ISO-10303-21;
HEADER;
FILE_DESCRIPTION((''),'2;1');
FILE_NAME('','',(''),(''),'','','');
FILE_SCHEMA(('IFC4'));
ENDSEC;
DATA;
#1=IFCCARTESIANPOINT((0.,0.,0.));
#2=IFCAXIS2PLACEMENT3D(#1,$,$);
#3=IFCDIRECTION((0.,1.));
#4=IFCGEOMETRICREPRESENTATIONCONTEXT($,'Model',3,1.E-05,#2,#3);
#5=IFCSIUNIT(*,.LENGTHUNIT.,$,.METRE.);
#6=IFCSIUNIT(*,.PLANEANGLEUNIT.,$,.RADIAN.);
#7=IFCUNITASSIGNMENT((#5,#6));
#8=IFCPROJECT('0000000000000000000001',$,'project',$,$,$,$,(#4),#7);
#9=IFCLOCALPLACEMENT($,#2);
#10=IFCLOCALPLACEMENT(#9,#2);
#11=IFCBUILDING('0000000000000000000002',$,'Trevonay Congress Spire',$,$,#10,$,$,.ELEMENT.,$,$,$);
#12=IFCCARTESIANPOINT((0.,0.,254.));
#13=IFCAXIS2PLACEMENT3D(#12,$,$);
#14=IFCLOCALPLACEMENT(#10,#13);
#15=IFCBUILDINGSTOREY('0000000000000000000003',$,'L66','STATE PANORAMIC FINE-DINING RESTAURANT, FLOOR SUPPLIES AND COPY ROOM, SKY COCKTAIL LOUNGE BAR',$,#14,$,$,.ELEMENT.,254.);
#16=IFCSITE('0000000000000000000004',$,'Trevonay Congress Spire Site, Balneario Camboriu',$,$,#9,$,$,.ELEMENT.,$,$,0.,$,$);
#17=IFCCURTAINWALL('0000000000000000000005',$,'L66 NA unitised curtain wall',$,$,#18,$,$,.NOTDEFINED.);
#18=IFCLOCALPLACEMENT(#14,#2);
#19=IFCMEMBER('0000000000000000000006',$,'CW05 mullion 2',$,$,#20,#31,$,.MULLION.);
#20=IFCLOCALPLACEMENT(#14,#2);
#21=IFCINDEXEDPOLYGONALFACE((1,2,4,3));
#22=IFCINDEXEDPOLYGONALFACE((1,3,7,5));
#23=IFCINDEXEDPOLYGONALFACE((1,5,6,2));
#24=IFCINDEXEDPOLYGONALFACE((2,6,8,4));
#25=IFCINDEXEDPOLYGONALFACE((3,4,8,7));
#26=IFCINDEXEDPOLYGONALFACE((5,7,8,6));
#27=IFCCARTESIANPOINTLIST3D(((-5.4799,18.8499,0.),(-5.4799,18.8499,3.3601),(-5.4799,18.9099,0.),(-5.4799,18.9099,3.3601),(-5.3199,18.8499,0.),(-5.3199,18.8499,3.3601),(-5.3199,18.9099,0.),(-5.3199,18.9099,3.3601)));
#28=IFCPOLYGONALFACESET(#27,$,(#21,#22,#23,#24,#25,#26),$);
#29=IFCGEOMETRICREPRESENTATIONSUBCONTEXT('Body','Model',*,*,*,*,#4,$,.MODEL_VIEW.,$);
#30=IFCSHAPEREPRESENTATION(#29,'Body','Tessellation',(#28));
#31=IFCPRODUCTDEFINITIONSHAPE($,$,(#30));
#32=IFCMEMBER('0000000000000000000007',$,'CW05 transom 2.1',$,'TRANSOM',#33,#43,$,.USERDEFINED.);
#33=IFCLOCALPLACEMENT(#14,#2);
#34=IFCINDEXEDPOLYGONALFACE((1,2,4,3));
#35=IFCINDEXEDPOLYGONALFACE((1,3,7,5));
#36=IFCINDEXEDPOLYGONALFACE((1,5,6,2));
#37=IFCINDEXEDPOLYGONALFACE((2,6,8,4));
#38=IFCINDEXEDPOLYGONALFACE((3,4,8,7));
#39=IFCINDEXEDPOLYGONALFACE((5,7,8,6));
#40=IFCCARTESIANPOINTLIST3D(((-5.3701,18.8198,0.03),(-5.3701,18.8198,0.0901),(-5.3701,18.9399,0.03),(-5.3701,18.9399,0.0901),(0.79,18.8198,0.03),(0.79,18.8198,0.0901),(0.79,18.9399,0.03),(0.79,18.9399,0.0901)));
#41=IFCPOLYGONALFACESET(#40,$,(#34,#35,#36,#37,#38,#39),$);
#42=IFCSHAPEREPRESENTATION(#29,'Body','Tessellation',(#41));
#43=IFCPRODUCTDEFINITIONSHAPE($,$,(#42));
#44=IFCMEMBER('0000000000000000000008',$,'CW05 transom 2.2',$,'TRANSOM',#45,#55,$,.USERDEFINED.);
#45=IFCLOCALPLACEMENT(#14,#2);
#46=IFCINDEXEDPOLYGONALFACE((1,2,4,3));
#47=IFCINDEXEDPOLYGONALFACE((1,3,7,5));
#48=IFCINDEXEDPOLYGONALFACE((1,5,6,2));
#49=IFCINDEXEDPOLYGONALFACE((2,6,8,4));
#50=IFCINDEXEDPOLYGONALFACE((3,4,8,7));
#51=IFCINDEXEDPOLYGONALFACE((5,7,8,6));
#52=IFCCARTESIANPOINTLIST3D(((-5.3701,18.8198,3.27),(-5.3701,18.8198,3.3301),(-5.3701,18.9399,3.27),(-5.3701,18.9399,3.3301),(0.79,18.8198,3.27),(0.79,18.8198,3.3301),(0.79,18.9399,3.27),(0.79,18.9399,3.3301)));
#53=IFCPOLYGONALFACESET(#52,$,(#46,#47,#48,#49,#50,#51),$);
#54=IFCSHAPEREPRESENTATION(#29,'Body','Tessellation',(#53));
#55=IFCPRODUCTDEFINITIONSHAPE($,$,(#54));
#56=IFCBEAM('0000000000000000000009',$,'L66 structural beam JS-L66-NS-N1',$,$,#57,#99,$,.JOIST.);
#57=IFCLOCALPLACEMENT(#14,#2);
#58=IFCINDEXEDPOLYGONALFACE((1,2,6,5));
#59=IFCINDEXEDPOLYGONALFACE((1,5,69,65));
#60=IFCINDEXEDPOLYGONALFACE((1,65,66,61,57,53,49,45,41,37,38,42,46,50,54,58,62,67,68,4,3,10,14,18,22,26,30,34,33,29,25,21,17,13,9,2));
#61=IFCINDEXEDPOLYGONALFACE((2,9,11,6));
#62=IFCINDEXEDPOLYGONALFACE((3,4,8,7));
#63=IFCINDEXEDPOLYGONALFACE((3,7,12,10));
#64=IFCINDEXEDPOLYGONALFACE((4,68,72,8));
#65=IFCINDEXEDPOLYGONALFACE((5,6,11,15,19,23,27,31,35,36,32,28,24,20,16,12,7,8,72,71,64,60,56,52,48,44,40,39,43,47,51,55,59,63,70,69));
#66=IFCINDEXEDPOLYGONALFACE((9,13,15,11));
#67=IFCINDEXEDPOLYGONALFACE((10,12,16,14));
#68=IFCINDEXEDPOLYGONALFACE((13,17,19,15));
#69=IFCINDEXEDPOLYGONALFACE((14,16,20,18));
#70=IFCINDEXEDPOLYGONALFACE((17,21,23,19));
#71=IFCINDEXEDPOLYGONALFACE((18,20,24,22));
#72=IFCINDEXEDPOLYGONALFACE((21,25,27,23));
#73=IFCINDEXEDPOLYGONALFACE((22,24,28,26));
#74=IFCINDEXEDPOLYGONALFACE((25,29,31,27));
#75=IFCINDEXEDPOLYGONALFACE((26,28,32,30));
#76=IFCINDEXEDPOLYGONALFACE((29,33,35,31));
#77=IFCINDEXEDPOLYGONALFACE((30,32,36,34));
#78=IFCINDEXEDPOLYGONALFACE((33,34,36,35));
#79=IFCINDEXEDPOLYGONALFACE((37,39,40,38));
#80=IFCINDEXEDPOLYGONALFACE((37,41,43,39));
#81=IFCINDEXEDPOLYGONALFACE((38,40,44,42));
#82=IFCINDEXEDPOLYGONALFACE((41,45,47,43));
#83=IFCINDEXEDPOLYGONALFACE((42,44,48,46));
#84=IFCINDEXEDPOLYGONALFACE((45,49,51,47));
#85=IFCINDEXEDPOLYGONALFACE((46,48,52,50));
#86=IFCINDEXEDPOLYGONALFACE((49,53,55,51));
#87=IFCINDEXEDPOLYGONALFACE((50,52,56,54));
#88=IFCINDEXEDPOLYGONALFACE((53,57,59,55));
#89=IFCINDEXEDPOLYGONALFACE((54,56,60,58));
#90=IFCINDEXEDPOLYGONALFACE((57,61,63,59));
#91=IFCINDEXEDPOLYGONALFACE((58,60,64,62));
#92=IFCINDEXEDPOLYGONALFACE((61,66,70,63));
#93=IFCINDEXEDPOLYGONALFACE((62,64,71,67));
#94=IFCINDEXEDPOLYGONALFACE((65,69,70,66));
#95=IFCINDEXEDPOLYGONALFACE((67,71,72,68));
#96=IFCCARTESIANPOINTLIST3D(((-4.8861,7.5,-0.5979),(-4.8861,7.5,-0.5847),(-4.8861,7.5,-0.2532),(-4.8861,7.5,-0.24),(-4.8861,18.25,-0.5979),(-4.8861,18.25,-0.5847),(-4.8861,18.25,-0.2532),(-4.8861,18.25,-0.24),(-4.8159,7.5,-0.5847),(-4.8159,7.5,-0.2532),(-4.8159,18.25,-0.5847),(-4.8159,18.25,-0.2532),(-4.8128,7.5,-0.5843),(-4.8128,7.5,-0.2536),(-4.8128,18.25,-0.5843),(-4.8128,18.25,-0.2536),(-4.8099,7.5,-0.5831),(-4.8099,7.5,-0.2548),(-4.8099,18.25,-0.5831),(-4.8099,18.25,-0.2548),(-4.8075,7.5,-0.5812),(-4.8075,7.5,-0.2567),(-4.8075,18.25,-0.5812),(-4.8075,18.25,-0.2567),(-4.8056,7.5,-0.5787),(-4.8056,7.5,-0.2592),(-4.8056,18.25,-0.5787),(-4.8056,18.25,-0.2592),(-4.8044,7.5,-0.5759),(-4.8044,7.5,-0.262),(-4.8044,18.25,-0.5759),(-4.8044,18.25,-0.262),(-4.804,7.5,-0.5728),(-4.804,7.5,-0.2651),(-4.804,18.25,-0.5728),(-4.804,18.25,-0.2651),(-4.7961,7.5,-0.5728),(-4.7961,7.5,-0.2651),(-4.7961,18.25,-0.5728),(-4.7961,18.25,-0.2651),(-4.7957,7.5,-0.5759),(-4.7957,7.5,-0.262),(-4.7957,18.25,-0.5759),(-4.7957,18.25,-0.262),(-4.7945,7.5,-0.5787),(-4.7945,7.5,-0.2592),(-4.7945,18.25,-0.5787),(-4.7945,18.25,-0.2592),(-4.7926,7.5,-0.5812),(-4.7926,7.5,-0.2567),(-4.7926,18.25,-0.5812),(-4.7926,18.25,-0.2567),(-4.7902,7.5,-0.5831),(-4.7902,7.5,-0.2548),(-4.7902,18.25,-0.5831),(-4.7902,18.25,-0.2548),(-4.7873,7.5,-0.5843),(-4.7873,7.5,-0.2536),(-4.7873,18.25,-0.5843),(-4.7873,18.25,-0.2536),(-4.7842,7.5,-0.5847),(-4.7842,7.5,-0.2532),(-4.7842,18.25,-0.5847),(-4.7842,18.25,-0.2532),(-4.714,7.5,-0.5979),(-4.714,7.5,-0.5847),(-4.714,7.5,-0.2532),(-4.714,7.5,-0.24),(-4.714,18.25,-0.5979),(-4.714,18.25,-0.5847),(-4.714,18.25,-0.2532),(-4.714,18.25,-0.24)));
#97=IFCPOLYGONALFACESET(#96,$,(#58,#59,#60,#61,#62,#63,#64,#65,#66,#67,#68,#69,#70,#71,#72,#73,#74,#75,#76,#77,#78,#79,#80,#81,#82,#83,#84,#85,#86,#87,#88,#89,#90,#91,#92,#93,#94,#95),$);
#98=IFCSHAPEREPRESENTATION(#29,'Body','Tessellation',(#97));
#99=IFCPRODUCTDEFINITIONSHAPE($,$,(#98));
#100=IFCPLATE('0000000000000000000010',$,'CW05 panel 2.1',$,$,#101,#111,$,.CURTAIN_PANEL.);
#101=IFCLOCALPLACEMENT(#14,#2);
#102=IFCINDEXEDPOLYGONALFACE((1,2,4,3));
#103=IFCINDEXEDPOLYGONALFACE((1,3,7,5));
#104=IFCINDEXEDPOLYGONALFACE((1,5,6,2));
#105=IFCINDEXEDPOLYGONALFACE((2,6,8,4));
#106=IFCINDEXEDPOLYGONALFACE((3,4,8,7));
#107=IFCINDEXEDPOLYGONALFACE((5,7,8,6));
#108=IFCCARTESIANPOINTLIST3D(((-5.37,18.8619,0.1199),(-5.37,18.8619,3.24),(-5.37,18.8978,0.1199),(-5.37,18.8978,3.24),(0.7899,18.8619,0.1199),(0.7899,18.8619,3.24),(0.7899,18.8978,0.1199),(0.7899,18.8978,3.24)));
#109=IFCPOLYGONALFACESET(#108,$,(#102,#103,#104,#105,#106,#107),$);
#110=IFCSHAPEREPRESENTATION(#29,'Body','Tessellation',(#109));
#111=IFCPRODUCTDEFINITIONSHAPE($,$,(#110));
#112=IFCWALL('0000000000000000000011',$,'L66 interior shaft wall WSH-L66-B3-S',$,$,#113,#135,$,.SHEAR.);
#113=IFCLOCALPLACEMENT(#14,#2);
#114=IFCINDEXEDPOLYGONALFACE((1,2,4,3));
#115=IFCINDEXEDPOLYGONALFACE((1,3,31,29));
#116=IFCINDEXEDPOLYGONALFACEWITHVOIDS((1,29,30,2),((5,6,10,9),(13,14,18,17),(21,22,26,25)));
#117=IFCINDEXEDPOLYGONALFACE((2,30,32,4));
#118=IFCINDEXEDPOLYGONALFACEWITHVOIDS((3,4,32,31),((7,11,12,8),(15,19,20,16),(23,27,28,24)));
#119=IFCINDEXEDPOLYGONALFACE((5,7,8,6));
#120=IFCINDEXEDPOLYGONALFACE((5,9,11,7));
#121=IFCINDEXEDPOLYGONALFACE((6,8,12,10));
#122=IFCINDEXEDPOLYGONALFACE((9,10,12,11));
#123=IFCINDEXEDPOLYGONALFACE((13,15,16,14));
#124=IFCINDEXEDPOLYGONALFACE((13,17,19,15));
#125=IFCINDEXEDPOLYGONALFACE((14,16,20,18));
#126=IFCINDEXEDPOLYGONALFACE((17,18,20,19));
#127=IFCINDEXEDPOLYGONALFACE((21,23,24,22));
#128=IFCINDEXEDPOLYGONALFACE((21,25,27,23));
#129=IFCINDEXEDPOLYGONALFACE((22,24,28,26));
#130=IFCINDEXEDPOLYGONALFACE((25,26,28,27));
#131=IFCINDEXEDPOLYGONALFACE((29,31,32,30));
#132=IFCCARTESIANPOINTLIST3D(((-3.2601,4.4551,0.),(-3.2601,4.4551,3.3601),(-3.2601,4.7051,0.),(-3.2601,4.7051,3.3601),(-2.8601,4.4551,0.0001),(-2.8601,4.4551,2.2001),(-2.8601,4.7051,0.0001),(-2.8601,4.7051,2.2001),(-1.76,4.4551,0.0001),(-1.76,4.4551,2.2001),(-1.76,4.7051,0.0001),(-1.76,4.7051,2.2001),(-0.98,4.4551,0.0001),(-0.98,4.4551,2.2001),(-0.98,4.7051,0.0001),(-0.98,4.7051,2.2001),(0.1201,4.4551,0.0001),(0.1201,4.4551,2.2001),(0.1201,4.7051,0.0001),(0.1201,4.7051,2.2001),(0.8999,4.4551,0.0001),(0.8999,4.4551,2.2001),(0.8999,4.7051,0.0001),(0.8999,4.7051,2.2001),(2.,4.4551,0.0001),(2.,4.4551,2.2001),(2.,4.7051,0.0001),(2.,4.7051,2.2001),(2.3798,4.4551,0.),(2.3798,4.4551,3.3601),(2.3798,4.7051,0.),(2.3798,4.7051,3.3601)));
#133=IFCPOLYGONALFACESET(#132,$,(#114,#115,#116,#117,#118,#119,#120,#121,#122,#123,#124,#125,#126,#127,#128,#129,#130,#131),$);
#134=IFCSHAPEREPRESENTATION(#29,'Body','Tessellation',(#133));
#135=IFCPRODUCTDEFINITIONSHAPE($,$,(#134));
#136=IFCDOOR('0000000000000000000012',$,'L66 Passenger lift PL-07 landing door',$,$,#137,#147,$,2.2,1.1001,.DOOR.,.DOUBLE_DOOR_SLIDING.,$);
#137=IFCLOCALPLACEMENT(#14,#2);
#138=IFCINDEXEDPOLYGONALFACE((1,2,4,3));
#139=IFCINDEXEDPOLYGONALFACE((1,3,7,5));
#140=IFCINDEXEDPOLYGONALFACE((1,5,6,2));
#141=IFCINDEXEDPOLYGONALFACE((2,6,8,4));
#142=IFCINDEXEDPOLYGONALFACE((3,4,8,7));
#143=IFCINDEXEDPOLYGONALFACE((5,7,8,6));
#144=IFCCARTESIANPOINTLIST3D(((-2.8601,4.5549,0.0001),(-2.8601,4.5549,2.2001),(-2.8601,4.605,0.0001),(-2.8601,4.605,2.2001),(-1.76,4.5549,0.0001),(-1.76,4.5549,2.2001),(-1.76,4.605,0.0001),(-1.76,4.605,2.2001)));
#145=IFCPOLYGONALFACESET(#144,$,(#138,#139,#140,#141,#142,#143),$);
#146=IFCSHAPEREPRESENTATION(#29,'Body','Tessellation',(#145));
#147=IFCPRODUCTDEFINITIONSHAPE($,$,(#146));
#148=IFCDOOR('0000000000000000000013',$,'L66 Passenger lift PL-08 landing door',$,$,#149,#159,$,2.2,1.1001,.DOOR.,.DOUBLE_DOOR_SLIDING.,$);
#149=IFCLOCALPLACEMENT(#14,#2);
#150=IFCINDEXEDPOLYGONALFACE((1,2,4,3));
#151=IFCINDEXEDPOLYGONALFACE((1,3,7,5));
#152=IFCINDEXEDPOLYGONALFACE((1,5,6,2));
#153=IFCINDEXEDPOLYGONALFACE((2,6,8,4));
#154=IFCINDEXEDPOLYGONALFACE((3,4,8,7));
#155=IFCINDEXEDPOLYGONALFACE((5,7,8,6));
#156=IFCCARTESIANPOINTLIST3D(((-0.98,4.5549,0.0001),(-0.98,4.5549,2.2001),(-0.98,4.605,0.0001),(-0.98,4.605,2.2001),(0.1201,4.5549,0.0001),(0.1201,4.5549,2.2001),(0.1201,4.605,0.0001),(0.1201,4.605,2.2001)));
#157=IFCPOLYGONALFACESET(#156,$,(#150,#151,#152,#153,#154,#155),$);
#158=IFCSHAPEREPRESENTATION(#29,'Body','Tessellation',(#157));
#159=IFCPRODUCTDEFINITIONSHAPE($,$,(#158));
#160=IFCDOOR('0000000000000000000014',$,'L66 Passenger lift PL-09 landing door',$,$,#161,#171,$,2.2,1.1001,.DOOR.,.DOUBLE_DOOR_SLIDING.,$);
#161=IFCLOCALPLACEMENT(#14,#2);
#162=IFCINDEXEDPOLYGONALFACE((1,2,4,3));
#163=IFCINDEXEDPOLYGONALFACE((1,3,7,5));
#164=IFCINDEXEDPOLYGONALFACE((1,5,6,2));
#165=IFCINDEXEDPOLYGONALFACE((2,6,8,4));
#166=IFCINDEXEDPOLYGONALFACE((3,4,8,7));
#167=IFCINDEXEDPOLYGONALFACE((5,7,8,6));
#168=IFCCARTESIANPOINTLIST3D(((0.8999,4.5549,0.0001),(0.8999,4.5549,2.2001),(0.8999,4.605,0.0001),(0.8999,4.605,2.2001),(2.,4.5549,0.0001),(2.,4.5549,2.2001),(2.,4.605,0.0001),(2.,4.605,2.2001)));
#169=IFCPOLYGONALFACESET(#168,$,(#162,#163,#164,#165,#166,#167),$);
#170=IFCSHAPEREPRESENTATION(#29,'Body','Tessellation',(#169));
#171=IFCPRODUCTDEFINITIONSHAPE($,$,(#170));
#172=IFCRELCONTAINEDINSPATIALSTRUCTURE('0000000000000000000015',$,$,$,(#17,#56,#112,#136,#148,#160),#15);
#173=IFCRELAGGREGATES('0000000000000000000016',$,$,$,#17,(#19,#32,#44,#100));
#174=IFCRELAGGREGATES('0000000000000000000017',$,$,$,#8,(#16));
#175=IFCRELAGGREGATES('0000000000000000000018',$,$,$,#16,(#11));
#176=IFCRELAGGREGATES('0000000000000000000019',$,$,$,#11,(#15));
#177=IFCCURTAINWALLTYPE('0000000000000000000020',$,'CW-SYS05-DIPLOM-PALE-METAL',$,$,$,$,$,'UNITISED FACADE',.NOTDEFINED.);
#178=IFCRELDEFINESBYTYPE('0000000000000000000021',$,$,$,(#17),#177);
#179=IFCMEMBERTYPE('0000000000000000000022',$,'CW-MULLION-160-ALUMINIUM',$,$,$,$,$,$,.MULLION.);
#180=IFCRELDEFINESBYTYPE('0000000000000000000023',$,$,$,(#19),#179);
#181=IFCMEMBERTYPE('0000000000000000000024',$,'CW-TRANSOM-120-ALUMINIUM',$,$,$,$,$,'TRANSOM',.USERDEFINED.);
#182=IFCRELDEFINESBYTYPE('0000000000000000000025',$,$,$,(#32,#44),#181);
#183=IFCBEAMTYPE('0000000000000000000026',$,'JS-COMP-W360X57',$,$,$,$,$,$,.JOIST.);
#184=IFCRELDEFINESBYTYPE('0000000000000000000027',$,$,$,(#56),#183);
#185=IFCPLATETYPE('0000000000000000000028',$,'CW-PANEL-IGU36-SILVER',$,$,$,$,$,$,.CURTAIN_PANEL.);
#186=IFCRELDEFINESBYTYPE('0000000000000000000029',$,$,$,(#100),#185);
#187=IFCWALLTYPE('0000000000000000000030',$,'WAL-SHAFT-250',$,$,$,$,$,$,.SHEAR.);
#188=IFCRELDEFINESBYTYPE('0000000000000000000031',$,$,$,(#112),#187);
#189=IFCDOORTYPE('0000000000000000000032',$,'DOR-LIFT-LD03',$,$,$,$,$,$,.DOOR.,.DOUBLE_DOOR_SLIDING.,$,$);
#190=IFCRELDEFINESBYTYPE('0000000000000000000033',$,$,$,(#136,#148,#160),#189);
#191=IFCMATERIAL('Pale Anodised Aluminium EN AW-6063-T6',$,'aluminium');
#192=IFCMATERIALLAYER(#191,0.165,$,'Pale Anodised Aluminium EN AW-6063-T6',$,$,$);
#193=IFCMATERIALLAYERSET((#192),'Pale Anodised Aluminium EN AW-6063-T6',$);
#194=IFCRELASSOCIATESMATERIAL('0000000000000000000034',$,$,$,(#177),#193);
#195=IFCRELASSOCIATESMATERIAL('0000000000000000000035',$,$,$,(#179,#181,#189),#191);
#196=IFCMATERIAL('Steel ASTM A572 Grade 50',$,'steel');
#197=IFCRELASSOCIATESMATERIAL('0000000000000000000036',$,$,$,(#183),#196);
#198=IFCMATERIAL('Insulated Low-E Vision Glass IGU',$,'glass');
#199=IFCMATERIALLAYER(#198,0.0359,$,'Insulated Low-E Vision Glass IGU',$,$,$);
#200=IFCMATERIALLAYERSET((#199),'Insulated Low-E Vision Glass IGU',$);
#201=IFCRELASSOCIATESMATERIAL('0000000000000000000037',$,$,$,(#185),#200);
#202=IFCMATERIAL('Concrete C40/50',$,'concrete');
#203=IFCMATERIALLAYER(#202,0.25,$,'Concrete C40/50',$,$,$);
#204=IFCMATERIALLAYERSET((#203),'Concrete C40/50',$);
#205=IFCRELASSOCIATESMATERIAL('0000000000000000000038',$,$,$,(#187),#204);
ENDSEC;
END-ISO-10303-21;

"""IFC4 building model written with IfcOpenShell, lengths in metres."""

from ifc_helpers import new_model, si_unit, direction, frame, frame_2d, origin, origin_2d, place, context, subcontext, project, spatial, rectangle, i_section, extrude, material, layer, layer_set, material_profile, profile_set, type_object, element, fill, aggregate, save


model = new_model("IFC4")

# Units and contexts
model_context = context("Model", 3, precision=1e-05, world=origin(), true_north=direction((0.0, 1.0)))
body_context = subcontext(model_context, "Body", "Model", "MODEL_VIEW")
ifc_project = project(units=[si_unit("LENGTHUNIT", "METRE"), si_unit("PLANEANGLEUNIT", "RADIAN")], contexts=[model_context])

# Site, building, storey
site_placement = place(None, origin())
site = spatial("IfcSite", under=ifc_project, at=site_placement, Name="Trevonay Congress Spire Site, Balneario Camboriu", CompositionType="ELEMENT", RefElevation=0.0)
building_placement = place(site_placement, origin())
building = spatial("IfcBuilding", under=site, at=building_placement, Name="Trevonay Congress Spire", CompositionType="ELEMENT")
storey_placement = place(building_placement, frame((0.0, 0.0, 254.0)))
storey = spatial("IfcBuildingStorey", under=building, at=storey_placement, Name="L66", Description="STATE PANORAMIC FINE-DINING RESTAURANT, FLOOR SUPPLIES AND COPY ROOM, SKY COCKTAIL LOUNGE BAR", CompositionType="ELEMENT", Elevation=254.0)

# Shared definitions
ifc_material_1 = material(Name="Steel ASTM A572 Grade 50", Category="steel")

# Curtain wall, members
ifc_material_2 = material(Name="Pale Anodised Aluminium EN AW-6063-T6", Category="aluminium")
ifc_layer_1 = layer(ifc_material_2, 0.165, Name="Pale Anodised Aluminium EN AW-6063-T6")
ifc_layer_set_1 = layer_set([ifc_layer_1], Name="Pale Anodised Aluminium EN AW-6063-T6")
curtain_wall_type = type_object("IfcCurtainWallType", Name="CW-SYS05-DIPLOM-PALE-METAL", ElementType="UNITISED FACADE", PredefinedType="NOTDEFINED", material=ifc_layer_set_1)
curtain_wall_placement = place(storey_placement, origin())
curtain_wall = element("IfcCurtainWall", 1, at=curtain_wall_placement, inside=storey, type_object=curtain_wall_type, Name="L66 NA unitised curtain wall", PredefinedType="NOTDEFINED")
ifc_material_profile_1 = material_profile(ifc_material_2, rectangle(XDim=0.0601, YDim=0.1599, at=origin_2d()), Name="CW-MULLION-160-ALUMINIUM")
ifc_profile_set_1 = profile_set([ifc_material_profile_1], Name="Pale Anodised Aluminium EN AW-6063-T6")
member_type_1 = type_object("IfcMemberType", Name="CW-MULLION-160-ALUMINIUM", PredefinedType="MULLION", material=ifc_profile_set_1)
member_1_placement = place(storey_placement, frame((-5.3999, 18.8799, 0.0), z_axis=(0.0, 0.0, 1.0), x_axis=(0.0, 1.0, 0.0)))
member_1 = element("IfcMember", 2, at=member_1_placement, type_object=member_type_1, Name="CW05 mullion 2", PredefinedType="MULLION", context=body_context, shape_type="SweptSolid", body=[
    extrude(rectangle(XDim=0.0601, YDim=0.1599, at=origin_2d()), origin(), (0.0, 0.0, 1.0), 3.3601),
])
ifc_material_profile_2 = material_profile(ifc_material_2, rectangle(XDim=0.1201, YDim=0.0601, at=origin_2d()), Name="CW-TRANSOM-120-ALUMINIUM")
ifc_profile_set_2 = profile_set([ifc_material_profile_2], Name="Pale Anodised Aluminium EN AW-6063-T6")
member_type_2 = type_object("IfcMemberType", Name="CW-TRANSOM-120-ALUMINIUM", ElementType="TRANSOM", PredefinedType="USERDEFINED", material=ifc_profile_set_2)
member_2_placement = place(storey_placement, frame((-5.3701, 18.8799, 0.0601), z_axis=(1.0, 0.0, 0.0), x_axis=(0.0, 1.0, 0.0)))
member_2 = element("IfcMember", 3, at=member_2_placement, type_object=member_type_2, Name="CW05 transom 2.1", ObjectType="TRANSOM", PredefinedType="USERDEFINED", context=body_context, shape_type="SweptSolid", body=[
    extrude(rectangle(XDim=0.1201, YDim=0.0601, at=origin_2d()), origin(), (0.0, 0.0, 1.0), 6.1602),
])
member_3_placement = place(storey_placement, frame((-5.3701, 18.8799, 3.3), z_axis=(1.0, 0.0, 0.0), x_axis=(0.0, 1.0, 0.0)))
member_3 = element("IfcMember", 4, at=member_3_placement, type_object=member_type_2, Name="CW05 transom 2.2", ObjectType="TRANSOM", PredefinedType="USERDEFINED", context=body_context, shape_type="SweptSolid", body=[
    extrude(rectangle(XDim=0.1201, YDim=0.0601, at=origin_2d()), origin(), (0.0, 0.0, 1.0), 6.1602),
])

# Beam
ifc_material_profile_3 = material_profile(ifc_material_1, i_section(OverallWidth=0.1721, OverallDepth=0.3579, WebThickness=0.0078, FlangeThickness=0.0132, FilletRadius=0.012, at=origin_2d()), Name="W360x57.8")
ifc_profile_set_3 = profile_set([ifc_material_profile_3], Name="Steel ASTM A572 Grade 50")
beam_type_1 = type_object("IfcBeamType", Name="JS-COMP-W360X57", PredefinedType="JOIST", material=ifc_profile_set_3)
beam_1_placement = place(storey_placement, frame((-4.8, 7.5, -0.4189), z_axis=(0.0, 1.0, 0.0), x_axis=(-1.0, 0.0, 0.0)))
element("IfcBeam", 5, at=beam_1_placement, inside=storey, type_object=beam_type_1, Name="L66 structural beam JS-L66-NS-N1", PredefinedType="JOIST", context=body_context, shape_type="SweptSolid", body=[
    extrude(i_section(OverallWidth=0.1721, OverallDepth=0.3579, WebThickness=0.0078, FlangeThickness=0.0132, FilletRadius=0.012, at=origin_2d()), origin(), (0.0, 0.0, 1.0), 10.75),
])

# Plate
ifc_material_3 = material(Name="Insulated Low-E Vision Glass IGU", Category="glass")
ifc_layer_2 = layer(ifc_material_3, 0.0359, Name="Insulated Low-E Vision Glass IGU")
ifc_layer_set_2 = layer_set([ifc_layer_2], Name="Insulated Low-E Vision Glass IGU")
plate_type = type_object("IfcPlateType", Name="CW-PANEL-IGU36-SILVER", PredefinedType="CURTAIN_PANEL", material=ifc_layer_set_2)
plate_placement = place(storey_placement, frame((-2.29, 18.8799, 0.1199), z_axis=(0.0, 0.0, 1.0), x_axis=(1.0, 0.0, 0.0)))
plate = element("IfcPlate", 6, at=plate_placement, type_object=plate_type, Name="CW05 panel 2.1", PredefinedType="CURTAIN_PANEL", context=body_context, shape_type="SweptSolid", body=[
    extrude(rectangle(XDim=6.1599, YDim=0.0359, at=origin_2d()), origin(), (0.0, 0.0, 1.0), 3.1201),
])
aggregate(curtain_wall, [member_1, member_2, member_3, plate])

# Wall, openings, doors
ifc_material_4 = material(Name="Concrete C40/50", Category="concrete")
ifc_layer_3 = layer(ifc_material_4, 0.25, Name="Concrete C40/50")
ifc_layer_set_3 = layer_set([ifc_layer_3], Name="Concrete C40/50")
wall_type_1 = type_object("IfcWallType", Name="WAL-SHAFT-250", PredefinedType="SHEAR", material=ifc_layer_set_3)
wall_1_placement = place(storey_placement, frame((-3.26, 4.5801, 0.0), z_axis=(0.0, 0.0, 1.0), x_axis=(1.0, 0.0, 0.0)))
wall_1 = element("IfcWall", 7, at=wall_1_placement, inside=storey, type_object=wall_type_1, Name="L66 interior shaft wall WSH-L66-B3-S", PredefinedType="SHEAR", context=body_context, shape_type="SweptSolid", body=[
    extrude(rectangle(XDim=5.6399, YDim=0.25, at=frame_2d((2.8198, 0.0))), origin(), (0.0, 0.0, 1.0), 3.3601),
])
opening_1_placement = place(wall_1_placement, frame((0.3999, 0.0, 0.0)))
opening_1 = element("IfcOpeningElement", 8, at=opening_1_placement, cuts=wall_1, PredefinedType="OPENING", context=body_context, shape_type="SweptSolid", body=[
    extrude(rectangle(XDim=1.1001, YDim=2.2, at=frame_2d((0.55, 1.1001))), frame((0.0, 0.135, 0.0), z_axis=(0.0, -1.0, 0.0), x_axis=(1.0, 0.0, 0.0)), (0.0, 0.0, 1.0), 0.27),
])
opening_2_placement = place(wall_1_placement, frame((2.28, 0.0, 0.0)))
opening_2 = element("IfcOpeningElement", 9, at=opening_2_placement, cuts=wall_1, PredefinedType="OPENING", context=body_context, shape_type="SweptSolid", body=[
    extrude(rectangle(XDim=1.1001, YDim=2.2, at=frame_2d((0.55, 1.1001))), frame((0.0, 0.135, 0.0), z_axis=(0.0, -1.0, 0.0), x_axis=(1.0, 0.0, 0.0)), (0.0, 0.0, 1.0), 0.27),
])
opening_3_placement = place(wall_1_placement, frame((4.1599, 0.0, 0.0)))
opening_3 = element("IfcOpeningElement", 10, at=opening_3_placement, cuts=wall_1, PredefinedType="OPENING", context=body_context, shape_type="SweptSolid", body=[
    extrude(rectangle(XDim=1.1001, YDim=2.2, at=frame_2d((0.55, 1.1001))), frame((0.0, 0.135, 0.0), z_axis=(0.0, -1.0, 0.0), x_axis=(1.0, 0.0, 0.0)), (0.0, 0.0, 1.0), 0.27),
])
door_type = type_object("IfcDoorType", Name="DOR-LIFT-LD03", OperationType="DOUBLE_DOOR_SLIDING", PredefinedType="DOOR", material=ifc_material_2)
door_1_placement = place(opening_1_placement, origin())
door_1 = element("IfcDoor", 11, at=door_1_placement, inside=storey, type_object=door_type, Name="L66 Passenger lift PL-07 landing door", OperationType="DOUBLE_DOOR_SLIDING", OverallHeight=2.2, OverallWidth=1.1001, PredefinedType="DOOR", context=body_context, shape_type="SweptSolid", body=[
    extrude(rectangle(XDim=1.1001, YDim=2.2, at=frame_2d((0.55, 1.1001))), frame((0.0, 0.0249, 0.0), z_axis=(0.0, -1.0, 0.0), x_axis=(1.0, 0.0, 0.0)), (0.0, 0.0, 1.0), 0.05),
])
fill(opening_1, door_1)
door_2_placement = place(opening_2_placement, origin())
door_2 = element("IfcDoor", 12, at=door_2_placement, inside=storey, type_object=door_type, Name="L66 Passenger lift PL-08 landing door", OperationType="DOUBLE_DOOR_SLIDING", OverallHeight=2.2, OverallWidth=1.1001, PredefinedType="DOOR", context=body_context, shape_type="SweptSolid", body=[
    extrude(rectangle(XDim=1.1001, YDim=2.2, at=frame_2d((0.55, 1.1001))), frame((0.0, 0.0249, 0.0), z_axis=(0.0, -1.0, 0.0), x_axis=(1.0, 0.0, 0.0)), (0.0, 0.0, 1.0), 0.05),
])
fill(opening_2, door_2)
door_3_placement = place(opening_3_placement, origin())
door_3 = element("IfcDoor", 13, at=door_3_placement, inside=storey, type_object=door_type, Name="L66 Passenger lift PL-09 landing door", OperationType="DOUBLE_DOOR_SLIDING", OverallHeight=2.2, OverallWidth=1.1001, PredefinedType="DOOR", context=body_context, shape_type="SweptSolid", body=[
    extrude(rectangle(XDim=1.1001, YDim=2.2, at=frame_2d((0.55, 1.1001))), frame((0.0, 0.0249, 0.0), z_axis=(0.0, -1.0, 0.0), x_axis=(1.0, 0.0, 0.0)), (0.0, 0.0, 1.0), 0.05),
])
fill(opening_3, door_3)

save(model, "model.ifc")
